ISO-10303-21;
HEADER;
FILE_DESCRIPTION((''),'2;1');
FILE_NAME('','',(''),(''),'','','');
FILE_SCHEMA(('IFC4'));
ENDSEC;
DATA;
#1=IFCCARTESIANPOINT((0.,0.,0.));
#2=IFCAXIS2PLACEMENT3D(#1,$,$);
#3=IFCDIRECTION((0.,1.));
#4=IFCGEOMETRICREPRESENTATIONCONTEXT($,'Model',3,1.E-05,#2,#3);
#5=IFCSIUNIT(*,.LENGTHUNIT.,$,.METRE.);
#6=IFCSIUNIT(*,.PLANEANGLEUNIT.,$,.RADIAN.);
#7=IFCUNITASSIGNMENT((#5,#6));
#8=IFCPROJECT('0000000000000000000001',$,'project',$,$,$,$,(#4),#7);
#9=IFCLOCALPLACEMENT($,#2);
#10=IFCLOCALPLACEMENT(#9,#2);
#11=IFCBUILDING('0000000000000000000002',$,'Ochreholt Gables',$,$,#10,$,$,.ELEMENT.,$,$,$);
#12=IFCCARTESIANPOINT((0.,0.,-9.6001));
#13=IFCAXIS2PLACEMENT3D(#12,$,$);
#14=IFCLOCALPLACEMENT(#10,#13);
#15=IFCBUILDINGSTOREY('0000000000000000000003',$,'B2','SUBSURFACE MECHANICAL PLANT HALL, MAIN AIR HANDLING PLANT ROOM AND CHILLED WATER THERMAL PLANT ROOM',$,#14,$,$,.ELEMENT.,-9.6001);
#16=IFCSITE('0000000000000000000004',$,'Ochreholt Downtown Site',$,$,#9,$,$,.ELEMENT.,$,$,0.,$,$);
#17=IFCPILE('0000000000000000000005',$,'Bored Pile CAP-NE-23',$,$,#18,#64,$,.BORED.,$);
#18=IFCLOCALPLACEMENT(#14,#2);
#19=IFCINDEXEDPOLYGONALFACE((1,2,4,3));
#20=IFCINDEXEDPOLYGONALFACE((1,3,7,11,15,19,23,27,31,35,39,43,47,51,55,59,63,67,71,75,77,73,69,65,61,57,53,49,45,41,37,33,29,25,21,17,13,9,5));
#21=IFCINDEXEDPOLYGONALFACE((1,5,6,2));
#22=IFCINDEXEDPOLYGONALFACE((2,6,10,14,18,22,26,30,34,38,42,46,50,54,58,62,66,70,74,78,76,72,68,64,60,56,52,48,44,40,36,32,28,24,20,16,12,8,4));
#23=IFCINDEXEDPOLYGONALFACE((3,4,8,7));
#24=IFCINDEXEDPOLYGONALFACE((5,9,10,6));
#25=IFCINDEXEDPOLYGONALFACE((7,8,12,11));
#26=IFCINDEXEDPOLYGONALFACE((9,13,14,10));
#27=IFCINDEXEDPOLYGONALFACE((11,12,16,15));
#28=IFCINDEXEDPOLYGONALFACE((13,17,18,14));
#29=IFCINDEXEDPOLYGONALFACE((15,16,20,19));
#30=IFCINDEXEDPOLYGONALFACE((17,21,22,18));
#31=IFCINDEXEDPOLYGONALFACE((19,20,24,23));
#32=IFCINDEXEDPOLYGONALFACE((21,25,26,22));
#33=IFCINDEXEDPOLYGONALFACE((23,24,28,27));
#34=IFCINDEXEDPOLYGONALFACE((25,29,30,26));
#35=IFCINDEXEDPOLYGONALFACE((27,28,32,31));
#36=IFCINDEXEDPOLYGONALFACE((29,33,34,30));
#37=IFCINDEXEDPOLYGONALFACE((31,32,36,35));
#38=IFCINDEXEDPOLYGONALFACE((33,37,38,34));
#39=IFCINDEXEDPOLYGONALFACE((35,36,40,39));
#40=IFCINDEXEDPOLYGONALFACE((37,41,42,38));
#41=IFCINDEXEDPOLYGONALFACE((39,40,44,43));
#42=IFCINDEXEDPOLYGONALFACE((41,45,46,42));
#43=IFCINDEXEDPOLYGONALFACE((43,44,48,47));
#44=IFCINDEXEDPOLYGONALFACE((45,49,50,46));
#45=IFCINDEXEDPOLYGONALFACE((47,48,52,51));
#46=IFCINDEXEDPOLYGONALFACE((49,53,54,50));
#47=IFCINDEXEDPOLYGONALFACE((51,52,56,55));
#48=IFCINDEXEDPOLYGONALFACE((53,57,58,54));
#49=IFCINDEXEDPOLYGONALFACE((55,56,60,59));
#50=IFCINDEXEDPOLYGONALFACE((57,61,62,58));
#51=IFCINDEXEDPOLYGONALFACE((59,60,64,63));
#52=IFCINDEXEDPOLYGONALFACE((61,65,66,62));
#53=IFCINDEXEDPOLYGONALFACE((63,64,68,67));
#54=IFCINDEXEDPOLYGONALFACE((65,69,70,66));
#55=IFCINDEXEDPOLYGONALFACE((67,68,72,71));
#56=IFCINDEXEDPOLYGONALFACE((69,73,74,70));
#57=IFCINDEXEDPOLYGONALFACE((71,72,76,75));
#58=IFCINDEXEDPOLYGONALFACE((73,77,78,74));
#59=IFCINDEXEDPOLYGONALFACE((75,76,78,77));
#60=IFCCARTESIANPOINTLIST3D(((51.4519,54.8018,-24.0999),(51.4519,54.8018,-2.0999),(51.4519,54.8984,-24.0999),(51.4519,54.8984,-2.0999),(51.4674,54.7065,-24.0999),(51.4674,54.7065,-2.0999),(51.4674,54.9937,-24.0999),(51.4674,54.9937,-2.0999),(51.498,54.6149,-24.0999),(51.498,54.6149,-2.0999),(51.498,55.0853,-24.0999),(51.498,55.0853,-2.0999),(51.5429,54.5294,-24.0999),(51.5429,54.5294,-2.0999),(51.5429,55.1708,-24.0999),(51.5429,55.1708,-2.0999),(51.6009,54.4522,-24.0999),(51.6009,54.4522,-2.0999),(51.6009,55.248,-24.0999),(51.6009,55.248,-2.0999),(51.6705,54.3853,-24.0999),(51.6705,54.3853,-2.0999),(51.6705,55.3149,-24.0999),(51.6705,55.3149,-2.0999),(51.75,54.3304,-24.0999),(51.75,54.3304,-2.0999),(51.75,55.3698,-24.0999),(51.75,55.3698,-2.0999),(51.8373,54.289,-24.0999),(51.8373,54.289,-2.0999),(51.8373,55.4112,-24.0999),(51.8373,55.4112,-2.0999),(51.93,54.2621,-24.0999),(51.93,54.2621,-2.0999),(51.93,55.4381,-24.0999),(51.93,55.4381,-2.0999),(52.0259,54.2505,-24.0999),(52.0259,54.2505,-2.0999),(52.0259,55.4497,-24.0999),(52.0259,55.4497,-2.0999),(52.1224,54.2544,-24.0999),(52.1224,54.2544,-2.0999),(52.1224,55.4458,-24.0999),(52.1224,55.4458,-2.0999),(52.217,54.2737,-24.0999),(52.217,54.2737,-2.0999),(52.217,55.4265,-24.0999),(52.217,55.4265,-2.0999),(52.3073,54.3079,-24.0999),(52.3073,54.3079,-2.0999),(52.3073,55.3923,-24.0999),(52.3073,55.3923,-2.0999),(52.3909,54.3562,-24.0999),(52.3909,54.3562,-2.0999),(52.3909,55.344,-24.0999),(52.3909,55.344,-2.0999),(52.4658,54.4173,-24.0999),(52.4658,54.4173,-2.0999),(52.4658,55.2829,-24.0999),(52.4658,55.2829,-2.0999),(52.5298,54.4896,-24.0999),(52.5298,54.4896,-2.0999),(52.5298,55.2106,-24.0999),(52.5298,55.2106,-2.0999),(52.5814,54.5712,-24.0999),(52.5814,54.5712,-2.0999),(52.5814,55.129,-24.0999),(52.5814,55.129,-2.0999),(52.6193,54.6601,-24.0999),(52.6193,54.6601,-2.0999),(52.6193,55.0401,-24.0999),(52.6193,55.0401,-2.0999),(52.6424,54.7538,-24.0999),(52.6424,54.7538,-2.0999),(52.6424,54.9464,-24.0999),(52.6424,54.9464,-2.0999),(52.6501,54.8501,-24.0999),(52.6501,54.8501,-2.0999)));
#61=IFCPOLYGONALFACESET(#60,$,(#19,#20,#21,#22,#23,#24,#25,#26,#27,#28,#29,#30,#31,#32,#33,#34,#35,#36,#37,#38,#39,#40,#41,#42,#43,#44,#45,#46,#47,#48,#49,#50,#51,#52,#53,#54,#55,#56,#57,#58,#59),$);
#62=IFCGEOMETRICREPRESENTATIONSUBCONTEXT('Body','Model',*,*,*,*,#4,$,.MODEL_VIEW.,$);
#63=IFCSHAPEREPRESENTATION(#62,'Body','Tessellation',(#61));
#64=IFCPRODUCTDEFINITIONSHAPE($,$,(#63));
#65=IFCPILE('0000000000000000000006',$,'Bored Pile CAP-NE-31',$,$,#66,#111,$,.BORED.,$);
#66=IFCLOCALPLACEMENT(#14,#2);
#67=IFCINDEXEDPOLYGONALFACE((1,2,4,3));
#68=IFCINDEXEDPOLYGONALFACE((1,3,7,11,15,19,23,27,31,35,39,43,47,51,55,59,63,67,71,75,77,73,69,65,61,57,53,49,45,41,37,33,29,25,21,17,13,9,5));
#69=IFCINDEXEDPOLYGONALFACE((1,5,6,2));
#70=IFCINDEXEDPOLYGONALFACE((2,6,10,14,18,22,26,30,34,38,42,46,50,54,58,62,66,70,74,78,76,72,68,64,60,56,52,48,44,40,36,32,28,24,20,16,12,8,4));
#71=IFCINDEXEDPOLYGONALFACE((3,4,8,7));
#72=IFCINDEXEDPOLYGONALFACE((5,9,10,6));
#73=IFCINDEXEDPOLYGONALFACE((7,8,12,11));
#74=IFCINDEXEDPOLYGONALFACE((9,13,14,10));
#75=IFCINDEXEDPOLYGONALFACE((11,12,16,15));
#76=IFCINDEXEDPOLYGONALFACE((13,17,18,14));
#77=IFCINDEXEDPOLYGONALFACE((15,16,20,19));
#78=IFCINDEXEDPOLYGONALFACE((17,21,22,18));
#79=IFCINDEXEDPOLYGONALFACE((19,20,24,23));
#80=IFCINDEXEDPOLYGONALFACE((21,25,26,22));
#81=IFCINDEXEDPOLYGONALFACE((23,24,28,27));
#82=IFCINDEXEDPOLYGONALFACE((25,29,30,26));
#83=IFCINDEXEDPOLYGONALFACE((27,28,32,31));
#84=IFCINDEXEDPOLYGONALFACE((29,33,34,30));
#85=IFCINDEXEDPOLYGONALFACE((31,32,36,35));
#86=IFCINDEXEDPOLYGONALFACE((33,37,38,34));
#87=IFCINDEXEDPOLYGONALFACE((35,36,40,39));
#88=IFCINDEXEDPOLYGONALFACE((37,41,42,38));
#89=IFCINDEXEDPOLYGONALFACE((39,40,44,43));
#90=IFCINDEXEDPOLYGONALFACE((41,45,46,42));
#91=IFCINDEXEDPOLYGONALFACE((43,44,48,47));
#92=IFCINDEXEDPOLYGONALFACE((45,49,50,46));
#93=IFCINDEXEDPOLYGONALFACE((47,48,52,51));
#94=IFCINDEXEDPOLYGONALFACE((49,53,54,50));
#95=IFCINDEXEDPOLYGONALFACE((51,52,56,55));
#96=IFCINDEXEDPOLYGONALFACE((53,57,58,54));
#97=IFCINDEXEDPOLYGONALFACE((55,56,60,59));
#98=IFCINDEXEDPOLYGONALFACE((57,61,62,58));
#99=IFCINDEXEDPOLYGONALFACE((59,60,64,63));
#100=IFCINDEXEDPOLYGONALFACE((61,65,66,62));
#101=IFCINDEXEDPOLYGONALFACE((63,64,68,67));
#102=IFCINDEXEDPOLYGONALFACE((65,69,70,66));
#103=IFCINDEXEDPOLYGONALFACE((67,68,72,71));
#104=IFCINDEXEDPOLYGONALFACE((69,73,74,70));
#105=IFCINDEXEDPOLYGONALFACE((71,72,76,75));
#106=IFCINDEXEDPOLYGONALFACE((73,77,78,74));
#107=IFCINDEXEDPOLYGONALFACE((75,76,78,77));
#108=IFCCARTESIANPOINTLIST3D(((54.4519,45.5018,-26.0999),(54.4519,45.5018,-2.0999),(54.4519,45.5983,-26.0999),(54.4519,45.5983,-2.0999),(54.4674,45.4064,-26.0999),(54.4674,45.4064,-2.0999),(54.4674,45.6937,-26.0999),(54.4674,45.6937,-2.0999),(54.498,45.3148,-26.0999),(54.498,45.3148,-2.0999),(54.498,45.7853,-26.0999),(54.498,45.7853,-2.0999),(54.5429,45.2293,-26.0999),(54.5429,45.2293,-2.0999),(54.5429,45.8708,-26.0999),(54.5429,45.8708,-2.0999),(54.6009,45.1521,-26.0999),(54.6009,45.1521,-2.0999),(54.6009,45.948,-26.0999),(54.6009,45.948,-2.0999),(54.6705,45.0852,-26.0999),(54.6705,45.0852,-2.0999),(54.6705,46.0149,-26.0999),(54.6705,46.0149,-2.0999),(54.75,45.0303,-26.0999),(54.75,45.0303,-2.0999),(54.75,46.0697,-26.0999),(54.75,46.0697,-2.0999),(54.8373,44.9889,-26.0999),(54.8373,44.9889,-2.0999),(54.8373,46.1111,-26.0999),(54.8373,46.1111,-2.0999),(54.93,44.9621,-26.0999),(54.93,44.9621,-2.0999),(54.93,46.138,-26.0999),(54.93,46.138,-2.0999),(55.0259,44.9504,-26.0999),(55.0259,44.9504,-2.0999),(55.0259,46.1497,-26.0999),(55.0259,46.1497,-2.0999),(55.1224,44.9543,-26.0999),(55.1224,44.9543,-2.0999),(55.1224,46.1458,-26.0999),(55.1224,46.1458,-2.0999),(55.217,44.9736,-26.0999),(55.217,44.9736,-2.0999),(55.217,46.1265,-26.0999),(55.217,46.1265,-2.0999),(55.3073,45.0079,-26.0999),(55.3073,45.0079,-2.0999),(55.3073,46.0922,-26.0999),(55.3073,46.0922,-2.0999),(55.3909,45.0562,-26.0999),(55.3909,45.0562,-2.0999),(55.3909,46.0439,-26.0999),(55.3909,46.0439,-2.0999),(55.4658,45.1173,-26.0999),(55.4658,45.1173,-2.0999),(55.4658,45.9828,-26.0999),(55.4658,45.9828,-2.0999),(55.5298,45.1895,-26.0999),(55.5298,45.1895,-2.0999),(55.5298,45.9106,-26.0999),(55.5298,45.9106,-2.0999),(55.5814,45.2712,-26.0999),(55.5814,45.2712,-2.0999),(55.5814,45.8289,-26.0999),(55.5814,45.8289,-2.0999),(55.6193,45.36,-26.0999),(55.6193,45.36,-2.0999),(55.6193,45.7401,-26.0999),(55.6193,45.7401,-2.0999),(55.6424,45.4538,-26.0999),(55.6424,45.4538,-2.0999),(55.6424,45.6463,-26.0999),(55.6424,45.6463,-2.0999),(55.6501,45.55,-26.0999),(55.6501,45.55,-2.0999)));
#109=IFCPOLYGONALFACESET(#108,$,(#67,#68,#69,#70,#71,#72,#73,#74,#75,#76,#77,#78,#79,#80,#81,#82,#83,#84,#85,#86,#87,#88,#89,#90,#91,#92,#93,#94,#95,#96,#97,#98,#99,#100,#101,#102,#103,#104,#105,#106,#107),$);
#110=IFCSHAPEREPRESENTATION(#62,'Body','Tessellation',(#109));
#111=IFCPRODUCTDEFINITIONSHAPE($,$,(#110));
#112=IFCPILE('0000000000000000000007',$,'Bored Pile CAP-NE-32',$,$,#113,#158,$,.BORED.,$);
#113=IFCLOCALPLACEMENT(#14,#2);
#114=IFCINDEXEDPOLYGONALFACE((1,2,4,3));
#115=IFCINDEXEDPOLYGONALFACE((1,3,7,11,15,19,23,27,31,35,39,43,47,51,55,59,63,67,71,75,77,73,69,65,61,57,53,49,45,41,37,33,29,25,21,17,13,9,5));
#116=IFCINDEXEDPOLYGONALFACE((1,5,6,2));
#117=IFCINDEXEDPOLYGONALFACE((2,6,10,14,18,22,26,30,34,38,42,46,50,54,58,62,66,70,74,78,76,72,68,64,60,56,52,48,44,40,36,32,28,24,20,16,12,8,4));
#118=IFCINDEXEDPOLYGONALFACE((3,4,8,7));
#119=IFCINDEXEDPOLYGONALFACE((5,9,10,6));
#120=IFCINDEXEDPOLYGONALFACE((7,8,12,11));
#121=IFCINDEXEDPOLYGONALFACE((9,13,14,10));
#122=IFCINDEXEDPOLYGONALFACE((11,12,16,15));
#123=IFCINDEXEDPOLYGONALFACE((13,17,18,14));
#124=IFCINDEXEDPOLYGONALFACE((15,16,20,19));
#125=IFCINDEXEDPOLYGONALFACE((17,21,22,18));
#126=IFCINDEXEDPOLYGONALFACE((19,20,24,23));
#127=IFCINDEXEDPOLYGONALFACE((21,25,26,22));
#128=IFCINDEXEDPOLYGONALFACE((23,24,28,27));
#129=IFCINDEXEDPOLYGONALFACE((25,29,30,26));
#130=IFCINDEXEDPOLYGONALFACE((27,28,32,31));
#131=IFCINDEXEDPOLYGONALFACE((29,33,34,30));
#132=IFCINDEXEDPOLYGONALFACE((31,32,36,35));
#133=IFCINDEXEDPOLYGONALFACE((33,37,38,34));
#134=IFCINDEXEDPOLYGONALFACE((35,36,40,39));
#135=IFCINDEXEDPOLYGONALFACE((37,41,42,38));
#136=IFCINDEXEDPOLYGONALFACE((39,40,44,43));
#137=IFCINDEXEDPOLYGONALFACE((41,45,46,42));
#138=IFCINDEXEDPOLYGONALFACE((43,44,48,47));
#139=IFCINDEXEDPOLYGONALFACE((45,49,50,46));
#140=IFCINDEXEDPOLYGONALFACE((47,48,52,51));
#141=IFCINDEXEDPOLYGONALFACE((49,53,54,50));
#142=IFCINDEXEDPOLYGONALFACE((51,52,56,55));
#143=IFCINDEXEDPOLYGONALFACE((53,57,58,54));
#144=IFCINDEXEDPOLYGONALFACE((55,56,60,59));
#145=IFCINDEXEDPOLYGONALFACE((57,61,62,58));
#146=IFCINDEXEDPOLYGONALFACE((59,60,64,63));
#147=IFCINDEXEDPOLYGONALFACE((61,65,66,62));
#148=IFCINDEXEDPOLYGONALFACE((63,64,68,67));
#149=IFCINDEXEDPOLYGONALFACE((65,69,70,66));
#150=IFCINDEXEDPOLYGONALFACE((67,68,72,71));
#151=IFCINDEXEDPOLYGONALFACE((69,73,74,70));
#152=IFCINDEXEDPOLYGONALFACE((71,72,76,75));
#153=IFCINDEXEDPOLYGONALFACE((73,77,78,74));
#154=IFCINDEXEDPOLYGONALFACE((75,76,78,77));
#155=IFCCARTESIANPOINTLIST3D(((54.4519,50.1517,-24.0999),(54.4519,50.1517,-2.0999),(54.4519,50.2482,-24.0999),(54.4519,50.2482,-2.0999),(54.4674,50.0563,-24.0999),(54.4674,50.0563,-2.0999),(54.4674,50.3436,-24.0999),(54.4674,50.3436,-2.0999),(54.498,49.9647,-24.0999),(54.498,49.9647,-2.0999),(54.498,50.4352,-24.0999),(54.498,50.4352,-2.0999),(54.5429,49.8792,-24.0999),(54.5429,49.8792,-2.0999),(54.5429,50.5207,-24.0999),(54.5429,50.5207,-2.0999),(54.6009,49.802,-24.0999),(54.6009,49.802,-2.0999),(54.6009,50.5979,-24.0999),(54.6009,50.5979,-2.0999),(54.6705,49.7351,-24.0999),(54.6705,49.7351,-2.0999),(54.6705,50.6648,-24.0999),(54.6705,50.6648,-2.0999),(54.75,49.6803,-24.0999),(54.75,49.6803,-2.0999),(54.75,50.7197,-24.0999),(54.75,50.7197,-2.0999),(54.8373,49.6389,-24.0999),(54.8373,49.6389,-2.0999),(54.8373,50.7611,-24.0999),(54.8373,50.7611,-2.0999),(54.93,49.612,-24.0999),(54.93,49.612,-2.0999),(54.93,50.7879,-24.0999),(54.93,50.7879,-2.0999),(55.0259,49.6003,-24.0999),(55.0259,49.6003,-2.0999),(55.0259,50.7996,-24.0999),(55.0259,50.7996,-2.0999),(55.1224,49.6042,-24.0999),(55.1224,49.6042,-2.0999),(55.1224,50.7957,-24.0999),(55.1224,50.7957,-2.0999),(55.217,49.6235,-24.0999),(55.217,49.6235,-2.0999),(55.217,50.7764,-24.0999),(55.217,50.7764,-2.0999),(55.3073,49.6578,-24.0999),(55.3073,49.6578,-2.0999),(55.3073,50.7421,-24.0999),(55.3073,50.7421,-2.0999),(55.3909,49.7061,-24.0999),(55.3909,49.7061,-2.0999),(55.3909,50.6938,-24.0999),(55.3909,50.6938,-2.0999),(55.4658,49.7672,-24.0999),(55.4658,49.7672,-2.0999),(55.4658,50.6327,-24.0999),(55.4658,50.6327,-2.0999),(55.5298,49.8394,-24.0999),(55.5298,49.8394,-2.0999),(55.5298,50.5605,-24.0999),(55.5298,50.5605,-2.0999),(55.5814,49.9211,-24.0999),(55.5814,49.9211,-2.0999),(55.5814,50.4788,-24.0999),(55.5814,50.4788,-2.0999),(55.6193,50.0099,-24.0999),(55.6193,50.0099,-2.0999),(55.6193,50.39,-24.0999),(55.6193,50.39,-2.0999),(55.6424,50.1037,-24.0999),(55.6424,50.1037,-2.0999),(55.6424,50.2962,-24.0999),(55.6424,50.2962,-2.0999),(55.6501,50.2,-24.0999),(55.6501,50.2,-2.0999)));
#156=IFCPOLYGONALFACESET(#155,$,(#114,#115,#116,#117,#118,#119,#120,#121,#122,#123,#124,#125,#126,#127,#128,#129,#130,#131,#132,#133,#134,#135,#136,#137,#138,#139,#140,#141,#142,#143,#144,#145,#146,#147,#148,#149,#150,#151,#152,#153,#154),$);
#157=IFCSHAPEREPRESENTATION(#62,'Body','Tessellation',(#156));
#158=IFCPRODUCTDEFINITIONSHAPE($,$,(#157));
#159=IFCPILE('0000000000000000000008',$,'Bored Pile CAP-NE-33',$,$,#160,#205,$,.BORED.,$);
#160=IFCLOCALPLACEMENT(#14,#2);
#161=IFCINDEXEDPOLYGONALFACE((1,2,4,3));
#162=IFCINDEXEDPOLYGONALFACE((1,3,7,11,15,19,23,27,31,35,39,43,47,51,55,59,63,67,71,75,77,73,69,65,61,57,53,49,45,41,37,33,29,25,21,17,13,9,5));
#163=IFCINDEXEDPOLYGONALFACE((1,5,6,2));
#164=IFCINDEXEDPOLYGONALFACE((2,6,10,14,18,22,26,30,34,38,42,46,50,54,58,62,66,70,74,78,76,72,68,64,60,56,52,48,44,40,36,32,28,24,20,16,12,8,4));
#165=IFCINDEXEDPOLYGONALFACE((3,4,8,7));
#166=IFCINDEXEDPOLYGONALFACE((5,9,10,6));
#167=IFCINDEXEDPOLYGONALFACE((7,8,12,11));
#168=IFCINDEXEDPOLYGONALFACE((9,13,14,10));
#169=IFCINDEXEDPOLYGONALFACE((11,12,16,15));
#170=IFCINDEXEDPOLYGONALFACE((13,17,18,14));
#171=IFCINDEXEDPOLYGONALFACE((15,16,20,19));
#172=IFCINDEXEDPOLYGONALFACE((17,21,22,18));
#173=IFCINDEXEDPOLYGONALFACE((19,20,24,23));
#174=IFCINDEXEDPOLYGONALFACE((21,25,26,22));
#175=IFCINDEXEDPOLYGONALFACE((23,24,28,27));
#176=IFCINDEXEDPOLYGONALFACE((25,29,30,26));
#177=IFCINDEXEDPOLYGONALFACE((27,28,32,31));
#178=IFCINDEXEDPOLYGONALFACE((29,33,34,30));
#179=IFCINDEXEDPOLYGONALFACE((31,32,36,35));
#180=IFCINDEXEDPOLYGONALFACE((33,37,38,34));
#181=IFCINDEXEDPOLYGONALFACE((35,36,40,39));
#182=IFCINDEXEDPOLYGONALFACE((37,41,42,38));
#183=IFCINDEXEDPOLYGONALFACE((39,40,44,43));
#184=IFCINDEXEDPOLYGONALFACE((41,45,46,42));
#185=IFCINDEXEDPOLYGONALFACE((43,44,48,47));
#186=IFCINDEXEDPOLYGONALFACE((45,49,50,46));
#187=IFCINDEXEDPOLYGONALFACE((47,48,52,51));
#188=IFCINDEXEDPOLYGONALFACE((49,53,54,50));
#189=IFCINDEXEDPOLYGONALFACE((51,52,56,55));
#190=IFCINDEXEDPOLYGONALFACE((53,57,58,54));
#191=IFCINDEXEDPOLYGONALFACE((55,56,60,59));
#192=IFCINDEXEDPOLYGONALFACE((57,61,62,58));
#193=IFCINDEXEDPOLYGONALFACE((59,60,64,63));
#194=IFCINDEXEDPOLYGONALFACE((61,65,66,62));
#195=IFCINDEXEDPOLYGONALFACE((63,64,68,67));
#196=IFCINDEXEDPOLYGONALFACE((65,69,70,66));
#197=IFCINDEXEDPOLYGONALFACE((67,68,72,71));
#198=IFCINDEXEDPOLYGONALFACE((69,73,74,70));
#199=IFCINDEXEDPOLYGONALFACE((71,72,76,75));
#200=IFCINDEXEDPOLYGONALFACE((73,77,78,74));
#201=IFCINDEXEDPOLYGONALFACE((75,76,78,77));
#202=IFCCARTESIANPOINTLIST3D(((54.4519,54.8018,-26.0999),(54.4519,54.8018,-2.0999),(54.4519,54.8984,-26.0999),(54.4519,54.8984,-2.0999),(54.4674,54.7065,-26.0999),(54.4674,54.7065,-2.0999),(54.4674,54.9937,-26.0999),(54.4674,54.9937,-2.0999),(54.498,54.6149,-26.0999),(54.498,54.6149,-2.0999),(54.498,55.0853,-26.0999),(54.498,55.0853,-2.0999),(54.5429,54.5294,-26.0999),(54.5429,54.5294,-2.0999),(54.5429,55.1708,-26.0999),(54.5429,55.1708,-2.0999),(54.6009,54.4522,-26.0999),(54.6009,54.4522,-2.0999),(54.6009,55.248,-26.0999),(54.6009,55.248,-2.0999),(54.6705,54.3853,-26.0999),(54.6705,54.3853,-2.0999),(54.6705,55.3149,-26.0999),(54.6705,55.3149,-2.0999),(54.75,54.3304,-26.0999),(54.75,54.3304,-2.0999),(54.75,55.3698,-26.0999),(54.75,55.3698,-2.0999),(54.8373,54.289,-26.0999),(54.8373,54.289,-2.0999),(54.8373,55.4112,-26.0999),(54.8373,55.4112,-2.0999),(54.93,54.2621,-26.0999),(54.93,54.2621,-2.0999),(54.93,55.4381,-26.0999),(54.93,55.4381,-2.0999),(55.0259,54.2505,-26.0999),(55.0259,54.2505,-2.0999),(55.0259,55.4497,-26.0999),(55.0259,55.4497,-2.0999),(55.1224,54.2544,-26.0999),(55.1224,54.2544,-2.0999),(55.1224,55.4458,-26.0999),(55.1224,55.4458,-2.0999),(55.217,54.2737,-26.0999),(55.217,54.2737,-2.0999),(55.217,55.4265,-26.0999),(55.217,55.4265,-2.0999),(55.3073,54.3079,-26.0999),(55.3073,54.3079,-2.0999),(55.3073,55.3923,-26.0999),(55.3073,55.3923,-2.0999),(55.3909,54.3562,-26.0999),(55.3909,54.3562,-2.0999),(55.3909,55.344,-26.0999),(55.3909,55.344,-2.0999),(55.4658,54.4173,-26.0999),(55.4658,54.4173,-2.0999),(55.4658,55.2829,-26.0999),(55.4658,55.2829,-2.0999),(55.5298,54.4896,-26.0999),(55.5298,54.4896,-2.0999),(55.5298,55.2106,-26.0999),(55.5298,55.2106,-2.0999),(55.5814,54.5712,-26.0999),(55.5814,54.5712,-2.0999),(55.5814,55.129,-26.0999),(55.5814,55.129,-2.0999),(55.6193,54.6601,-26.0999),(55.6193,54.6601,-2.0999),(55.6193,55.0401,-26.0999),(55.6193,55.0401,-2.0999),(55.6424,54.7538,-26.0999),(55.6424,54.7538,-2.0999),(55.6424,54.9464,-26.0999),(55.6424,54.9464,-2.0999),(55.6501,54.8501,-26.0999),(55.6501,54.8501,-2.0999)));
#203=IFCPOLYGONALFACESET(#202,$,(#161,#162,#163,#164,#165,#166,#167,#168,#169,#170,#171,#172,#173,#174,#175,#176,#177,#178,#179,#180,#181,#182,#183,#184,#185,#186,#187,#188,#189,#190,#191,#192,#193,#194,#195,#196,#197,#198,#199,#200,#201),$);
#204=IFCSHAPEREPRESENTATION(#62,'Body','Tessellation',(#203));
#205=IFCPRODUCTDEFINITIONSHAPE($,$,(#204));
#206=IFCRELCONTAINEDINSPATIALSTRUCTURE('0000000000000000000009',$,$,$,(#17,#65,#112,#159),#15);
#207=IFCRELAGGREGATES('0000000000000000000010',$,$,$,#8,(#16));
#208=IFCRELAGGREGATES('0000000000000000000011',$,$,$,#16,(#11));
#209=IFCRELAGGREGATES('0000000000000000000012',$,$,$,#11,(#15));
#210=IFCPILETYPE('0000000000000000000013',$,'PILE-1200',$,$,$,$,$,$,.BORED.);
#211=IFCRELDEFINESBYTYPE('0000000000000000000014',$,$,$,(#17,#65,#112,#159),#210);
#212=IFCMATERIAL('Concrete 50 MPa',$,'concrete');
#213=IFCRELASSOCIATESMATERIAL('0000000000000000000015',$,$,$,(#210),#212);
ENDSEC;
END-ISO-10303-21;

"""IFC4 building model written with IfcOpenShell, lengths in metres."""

from ifc_helpers import new_model, si_unit, direction, frame, origin, origin_2d, place, context, subcontext, project, spatial, circle, extrude, material, material_profile, profile_set, type_object, element, save


model = new_model("IFC4")

# Units and contexts
model_context = context("Model", 3, precision=1e-05, world=origin(), true_north=direction((0.0, 1.0)))
body_context = subcontext(model_context, "Body", "Model", "MODEL_VIEW")
ifc_project = project(units=[si_unit("LENGTHUNIT", "METRE"), si_unit("PLANEANGLEUNIT", "RADIAN")], contexts=[model_context])

# Site, building, storey
site_placement = place(None, origin())
site = spatial("IfcSite", under=ifc_project, at=site_placement, Name="Ochreholt Downtown Site", CompositionType="ELEMENT", RefElevation=0.0)
building_placement = place(site_placement, origin())
building = spatial("IfcBuilding", under=site, at=building_placement, Name="Ochreholt Gables", CompositionType="ELEMENT")
storey_placement = place(building_placement, frame((0.0, 0.0, -9.6001)))
storey = spatial("IfcBuildingStorey", under=building, at=storey_placement, Name="B2", Description="SUBSURFACE MECHANICAL PLANT HALL, MAIN AIR HANDLING PLANT ROOM AND CHILLED WATER THERMAL PLANT ROOM", CompositionType="ELEMENT", Elevation=-9.6001)

# Shared definitions
ifc_material_1 = material(Name="Concrete 50 MPa", Category="concrete")

# Piles
ifc_material_profile_1 = material_profile(ifc_material_1, circle(Radius=0.6001, at=origin_2d()), Name="PILE1200")
ifc_profile_set_1 = profile_set([ifc_material_profile_1], Name="Concrete 50 MPa")
pile_type = type_object("IfcPileType", Name="PILE-1200", PredefinedType="BORED", material=ifc_profile_set_1)
pile_1_placement = place(storey_placement, frame((52.05, 54.8501, -2.0999), z_axis=(0.0, 0.0, -1.0), x_axis=(1.0, 0.0, 0.0)))
element("IfcPile", 1, at=pile_1_placement, inside=storey, type_object=pile_type, Name="Bored Pile CAP-NE-23", PredefinedType="BORED", context=body_context, shape_type="SweptSolid", body=[
    extrude(circle(Radius=0.6001, at=origin_2d()), origin(), (0.0, 0.0, 1.0), 22.0),
])
pile_2_placement = place(storey_placement, frame((55.05, 45.55, -2.0999), z_axis=(0.0, 0.0, -1.0), x_axis=(1.0, 0.0, 0.0)))
element("IfcPile", 2, at=pile_2_placement, inside=storey, type_object=pile_type, Name="Bored Pile CAP-NE-31", PredefinedType="BORED", context=body_context, shape_type="SweptSolid", body=[
    extrude(circle(Radius=0.6001, at=origin_2d()), origin(), (0.0, 0.0, 1.0), 24.0),
])
pile_3_placement = place(storey_placement, frame((55.05, 50.2, -2.0999), z_axis=(0.0, 0.0, -1.0), x_axis=(1.0, 0.0, 0.0)))
element("IfcPile", 3, at=pile_3_placement, inside=storey, type_object=pile_type, Name="Bored Pile CAP-NE-32", PredefinedType="BORED", context=body_context, shape_type="SweptSolid", body=[
    extrude(circle(Radius=0.6001, at=origin_2d()), origin(), (0.0, 0.0, 1.0), 22.0),
])
pile_4_placement = place(storey_placement, frame((55.05, 54.8501, -2.0999), z_axis=(0.0, 0.0, -1.0), x_axis=(1.0, 0.0, 0.0)))
element("IfcPile", 4, at=pile_4_placement, inside=storey, type_object=pile_type, Name="Bored Pile CAP-NE-33", PredefinedType="BORED", context=body_context, shape_type="SweptSolid", body=[
    extrude(circle(Radius=0.6001, at=origin_2d()), origin(), (0.0, 0.0, 1.0), 24.0),
])

save(model, "model.ifc")
